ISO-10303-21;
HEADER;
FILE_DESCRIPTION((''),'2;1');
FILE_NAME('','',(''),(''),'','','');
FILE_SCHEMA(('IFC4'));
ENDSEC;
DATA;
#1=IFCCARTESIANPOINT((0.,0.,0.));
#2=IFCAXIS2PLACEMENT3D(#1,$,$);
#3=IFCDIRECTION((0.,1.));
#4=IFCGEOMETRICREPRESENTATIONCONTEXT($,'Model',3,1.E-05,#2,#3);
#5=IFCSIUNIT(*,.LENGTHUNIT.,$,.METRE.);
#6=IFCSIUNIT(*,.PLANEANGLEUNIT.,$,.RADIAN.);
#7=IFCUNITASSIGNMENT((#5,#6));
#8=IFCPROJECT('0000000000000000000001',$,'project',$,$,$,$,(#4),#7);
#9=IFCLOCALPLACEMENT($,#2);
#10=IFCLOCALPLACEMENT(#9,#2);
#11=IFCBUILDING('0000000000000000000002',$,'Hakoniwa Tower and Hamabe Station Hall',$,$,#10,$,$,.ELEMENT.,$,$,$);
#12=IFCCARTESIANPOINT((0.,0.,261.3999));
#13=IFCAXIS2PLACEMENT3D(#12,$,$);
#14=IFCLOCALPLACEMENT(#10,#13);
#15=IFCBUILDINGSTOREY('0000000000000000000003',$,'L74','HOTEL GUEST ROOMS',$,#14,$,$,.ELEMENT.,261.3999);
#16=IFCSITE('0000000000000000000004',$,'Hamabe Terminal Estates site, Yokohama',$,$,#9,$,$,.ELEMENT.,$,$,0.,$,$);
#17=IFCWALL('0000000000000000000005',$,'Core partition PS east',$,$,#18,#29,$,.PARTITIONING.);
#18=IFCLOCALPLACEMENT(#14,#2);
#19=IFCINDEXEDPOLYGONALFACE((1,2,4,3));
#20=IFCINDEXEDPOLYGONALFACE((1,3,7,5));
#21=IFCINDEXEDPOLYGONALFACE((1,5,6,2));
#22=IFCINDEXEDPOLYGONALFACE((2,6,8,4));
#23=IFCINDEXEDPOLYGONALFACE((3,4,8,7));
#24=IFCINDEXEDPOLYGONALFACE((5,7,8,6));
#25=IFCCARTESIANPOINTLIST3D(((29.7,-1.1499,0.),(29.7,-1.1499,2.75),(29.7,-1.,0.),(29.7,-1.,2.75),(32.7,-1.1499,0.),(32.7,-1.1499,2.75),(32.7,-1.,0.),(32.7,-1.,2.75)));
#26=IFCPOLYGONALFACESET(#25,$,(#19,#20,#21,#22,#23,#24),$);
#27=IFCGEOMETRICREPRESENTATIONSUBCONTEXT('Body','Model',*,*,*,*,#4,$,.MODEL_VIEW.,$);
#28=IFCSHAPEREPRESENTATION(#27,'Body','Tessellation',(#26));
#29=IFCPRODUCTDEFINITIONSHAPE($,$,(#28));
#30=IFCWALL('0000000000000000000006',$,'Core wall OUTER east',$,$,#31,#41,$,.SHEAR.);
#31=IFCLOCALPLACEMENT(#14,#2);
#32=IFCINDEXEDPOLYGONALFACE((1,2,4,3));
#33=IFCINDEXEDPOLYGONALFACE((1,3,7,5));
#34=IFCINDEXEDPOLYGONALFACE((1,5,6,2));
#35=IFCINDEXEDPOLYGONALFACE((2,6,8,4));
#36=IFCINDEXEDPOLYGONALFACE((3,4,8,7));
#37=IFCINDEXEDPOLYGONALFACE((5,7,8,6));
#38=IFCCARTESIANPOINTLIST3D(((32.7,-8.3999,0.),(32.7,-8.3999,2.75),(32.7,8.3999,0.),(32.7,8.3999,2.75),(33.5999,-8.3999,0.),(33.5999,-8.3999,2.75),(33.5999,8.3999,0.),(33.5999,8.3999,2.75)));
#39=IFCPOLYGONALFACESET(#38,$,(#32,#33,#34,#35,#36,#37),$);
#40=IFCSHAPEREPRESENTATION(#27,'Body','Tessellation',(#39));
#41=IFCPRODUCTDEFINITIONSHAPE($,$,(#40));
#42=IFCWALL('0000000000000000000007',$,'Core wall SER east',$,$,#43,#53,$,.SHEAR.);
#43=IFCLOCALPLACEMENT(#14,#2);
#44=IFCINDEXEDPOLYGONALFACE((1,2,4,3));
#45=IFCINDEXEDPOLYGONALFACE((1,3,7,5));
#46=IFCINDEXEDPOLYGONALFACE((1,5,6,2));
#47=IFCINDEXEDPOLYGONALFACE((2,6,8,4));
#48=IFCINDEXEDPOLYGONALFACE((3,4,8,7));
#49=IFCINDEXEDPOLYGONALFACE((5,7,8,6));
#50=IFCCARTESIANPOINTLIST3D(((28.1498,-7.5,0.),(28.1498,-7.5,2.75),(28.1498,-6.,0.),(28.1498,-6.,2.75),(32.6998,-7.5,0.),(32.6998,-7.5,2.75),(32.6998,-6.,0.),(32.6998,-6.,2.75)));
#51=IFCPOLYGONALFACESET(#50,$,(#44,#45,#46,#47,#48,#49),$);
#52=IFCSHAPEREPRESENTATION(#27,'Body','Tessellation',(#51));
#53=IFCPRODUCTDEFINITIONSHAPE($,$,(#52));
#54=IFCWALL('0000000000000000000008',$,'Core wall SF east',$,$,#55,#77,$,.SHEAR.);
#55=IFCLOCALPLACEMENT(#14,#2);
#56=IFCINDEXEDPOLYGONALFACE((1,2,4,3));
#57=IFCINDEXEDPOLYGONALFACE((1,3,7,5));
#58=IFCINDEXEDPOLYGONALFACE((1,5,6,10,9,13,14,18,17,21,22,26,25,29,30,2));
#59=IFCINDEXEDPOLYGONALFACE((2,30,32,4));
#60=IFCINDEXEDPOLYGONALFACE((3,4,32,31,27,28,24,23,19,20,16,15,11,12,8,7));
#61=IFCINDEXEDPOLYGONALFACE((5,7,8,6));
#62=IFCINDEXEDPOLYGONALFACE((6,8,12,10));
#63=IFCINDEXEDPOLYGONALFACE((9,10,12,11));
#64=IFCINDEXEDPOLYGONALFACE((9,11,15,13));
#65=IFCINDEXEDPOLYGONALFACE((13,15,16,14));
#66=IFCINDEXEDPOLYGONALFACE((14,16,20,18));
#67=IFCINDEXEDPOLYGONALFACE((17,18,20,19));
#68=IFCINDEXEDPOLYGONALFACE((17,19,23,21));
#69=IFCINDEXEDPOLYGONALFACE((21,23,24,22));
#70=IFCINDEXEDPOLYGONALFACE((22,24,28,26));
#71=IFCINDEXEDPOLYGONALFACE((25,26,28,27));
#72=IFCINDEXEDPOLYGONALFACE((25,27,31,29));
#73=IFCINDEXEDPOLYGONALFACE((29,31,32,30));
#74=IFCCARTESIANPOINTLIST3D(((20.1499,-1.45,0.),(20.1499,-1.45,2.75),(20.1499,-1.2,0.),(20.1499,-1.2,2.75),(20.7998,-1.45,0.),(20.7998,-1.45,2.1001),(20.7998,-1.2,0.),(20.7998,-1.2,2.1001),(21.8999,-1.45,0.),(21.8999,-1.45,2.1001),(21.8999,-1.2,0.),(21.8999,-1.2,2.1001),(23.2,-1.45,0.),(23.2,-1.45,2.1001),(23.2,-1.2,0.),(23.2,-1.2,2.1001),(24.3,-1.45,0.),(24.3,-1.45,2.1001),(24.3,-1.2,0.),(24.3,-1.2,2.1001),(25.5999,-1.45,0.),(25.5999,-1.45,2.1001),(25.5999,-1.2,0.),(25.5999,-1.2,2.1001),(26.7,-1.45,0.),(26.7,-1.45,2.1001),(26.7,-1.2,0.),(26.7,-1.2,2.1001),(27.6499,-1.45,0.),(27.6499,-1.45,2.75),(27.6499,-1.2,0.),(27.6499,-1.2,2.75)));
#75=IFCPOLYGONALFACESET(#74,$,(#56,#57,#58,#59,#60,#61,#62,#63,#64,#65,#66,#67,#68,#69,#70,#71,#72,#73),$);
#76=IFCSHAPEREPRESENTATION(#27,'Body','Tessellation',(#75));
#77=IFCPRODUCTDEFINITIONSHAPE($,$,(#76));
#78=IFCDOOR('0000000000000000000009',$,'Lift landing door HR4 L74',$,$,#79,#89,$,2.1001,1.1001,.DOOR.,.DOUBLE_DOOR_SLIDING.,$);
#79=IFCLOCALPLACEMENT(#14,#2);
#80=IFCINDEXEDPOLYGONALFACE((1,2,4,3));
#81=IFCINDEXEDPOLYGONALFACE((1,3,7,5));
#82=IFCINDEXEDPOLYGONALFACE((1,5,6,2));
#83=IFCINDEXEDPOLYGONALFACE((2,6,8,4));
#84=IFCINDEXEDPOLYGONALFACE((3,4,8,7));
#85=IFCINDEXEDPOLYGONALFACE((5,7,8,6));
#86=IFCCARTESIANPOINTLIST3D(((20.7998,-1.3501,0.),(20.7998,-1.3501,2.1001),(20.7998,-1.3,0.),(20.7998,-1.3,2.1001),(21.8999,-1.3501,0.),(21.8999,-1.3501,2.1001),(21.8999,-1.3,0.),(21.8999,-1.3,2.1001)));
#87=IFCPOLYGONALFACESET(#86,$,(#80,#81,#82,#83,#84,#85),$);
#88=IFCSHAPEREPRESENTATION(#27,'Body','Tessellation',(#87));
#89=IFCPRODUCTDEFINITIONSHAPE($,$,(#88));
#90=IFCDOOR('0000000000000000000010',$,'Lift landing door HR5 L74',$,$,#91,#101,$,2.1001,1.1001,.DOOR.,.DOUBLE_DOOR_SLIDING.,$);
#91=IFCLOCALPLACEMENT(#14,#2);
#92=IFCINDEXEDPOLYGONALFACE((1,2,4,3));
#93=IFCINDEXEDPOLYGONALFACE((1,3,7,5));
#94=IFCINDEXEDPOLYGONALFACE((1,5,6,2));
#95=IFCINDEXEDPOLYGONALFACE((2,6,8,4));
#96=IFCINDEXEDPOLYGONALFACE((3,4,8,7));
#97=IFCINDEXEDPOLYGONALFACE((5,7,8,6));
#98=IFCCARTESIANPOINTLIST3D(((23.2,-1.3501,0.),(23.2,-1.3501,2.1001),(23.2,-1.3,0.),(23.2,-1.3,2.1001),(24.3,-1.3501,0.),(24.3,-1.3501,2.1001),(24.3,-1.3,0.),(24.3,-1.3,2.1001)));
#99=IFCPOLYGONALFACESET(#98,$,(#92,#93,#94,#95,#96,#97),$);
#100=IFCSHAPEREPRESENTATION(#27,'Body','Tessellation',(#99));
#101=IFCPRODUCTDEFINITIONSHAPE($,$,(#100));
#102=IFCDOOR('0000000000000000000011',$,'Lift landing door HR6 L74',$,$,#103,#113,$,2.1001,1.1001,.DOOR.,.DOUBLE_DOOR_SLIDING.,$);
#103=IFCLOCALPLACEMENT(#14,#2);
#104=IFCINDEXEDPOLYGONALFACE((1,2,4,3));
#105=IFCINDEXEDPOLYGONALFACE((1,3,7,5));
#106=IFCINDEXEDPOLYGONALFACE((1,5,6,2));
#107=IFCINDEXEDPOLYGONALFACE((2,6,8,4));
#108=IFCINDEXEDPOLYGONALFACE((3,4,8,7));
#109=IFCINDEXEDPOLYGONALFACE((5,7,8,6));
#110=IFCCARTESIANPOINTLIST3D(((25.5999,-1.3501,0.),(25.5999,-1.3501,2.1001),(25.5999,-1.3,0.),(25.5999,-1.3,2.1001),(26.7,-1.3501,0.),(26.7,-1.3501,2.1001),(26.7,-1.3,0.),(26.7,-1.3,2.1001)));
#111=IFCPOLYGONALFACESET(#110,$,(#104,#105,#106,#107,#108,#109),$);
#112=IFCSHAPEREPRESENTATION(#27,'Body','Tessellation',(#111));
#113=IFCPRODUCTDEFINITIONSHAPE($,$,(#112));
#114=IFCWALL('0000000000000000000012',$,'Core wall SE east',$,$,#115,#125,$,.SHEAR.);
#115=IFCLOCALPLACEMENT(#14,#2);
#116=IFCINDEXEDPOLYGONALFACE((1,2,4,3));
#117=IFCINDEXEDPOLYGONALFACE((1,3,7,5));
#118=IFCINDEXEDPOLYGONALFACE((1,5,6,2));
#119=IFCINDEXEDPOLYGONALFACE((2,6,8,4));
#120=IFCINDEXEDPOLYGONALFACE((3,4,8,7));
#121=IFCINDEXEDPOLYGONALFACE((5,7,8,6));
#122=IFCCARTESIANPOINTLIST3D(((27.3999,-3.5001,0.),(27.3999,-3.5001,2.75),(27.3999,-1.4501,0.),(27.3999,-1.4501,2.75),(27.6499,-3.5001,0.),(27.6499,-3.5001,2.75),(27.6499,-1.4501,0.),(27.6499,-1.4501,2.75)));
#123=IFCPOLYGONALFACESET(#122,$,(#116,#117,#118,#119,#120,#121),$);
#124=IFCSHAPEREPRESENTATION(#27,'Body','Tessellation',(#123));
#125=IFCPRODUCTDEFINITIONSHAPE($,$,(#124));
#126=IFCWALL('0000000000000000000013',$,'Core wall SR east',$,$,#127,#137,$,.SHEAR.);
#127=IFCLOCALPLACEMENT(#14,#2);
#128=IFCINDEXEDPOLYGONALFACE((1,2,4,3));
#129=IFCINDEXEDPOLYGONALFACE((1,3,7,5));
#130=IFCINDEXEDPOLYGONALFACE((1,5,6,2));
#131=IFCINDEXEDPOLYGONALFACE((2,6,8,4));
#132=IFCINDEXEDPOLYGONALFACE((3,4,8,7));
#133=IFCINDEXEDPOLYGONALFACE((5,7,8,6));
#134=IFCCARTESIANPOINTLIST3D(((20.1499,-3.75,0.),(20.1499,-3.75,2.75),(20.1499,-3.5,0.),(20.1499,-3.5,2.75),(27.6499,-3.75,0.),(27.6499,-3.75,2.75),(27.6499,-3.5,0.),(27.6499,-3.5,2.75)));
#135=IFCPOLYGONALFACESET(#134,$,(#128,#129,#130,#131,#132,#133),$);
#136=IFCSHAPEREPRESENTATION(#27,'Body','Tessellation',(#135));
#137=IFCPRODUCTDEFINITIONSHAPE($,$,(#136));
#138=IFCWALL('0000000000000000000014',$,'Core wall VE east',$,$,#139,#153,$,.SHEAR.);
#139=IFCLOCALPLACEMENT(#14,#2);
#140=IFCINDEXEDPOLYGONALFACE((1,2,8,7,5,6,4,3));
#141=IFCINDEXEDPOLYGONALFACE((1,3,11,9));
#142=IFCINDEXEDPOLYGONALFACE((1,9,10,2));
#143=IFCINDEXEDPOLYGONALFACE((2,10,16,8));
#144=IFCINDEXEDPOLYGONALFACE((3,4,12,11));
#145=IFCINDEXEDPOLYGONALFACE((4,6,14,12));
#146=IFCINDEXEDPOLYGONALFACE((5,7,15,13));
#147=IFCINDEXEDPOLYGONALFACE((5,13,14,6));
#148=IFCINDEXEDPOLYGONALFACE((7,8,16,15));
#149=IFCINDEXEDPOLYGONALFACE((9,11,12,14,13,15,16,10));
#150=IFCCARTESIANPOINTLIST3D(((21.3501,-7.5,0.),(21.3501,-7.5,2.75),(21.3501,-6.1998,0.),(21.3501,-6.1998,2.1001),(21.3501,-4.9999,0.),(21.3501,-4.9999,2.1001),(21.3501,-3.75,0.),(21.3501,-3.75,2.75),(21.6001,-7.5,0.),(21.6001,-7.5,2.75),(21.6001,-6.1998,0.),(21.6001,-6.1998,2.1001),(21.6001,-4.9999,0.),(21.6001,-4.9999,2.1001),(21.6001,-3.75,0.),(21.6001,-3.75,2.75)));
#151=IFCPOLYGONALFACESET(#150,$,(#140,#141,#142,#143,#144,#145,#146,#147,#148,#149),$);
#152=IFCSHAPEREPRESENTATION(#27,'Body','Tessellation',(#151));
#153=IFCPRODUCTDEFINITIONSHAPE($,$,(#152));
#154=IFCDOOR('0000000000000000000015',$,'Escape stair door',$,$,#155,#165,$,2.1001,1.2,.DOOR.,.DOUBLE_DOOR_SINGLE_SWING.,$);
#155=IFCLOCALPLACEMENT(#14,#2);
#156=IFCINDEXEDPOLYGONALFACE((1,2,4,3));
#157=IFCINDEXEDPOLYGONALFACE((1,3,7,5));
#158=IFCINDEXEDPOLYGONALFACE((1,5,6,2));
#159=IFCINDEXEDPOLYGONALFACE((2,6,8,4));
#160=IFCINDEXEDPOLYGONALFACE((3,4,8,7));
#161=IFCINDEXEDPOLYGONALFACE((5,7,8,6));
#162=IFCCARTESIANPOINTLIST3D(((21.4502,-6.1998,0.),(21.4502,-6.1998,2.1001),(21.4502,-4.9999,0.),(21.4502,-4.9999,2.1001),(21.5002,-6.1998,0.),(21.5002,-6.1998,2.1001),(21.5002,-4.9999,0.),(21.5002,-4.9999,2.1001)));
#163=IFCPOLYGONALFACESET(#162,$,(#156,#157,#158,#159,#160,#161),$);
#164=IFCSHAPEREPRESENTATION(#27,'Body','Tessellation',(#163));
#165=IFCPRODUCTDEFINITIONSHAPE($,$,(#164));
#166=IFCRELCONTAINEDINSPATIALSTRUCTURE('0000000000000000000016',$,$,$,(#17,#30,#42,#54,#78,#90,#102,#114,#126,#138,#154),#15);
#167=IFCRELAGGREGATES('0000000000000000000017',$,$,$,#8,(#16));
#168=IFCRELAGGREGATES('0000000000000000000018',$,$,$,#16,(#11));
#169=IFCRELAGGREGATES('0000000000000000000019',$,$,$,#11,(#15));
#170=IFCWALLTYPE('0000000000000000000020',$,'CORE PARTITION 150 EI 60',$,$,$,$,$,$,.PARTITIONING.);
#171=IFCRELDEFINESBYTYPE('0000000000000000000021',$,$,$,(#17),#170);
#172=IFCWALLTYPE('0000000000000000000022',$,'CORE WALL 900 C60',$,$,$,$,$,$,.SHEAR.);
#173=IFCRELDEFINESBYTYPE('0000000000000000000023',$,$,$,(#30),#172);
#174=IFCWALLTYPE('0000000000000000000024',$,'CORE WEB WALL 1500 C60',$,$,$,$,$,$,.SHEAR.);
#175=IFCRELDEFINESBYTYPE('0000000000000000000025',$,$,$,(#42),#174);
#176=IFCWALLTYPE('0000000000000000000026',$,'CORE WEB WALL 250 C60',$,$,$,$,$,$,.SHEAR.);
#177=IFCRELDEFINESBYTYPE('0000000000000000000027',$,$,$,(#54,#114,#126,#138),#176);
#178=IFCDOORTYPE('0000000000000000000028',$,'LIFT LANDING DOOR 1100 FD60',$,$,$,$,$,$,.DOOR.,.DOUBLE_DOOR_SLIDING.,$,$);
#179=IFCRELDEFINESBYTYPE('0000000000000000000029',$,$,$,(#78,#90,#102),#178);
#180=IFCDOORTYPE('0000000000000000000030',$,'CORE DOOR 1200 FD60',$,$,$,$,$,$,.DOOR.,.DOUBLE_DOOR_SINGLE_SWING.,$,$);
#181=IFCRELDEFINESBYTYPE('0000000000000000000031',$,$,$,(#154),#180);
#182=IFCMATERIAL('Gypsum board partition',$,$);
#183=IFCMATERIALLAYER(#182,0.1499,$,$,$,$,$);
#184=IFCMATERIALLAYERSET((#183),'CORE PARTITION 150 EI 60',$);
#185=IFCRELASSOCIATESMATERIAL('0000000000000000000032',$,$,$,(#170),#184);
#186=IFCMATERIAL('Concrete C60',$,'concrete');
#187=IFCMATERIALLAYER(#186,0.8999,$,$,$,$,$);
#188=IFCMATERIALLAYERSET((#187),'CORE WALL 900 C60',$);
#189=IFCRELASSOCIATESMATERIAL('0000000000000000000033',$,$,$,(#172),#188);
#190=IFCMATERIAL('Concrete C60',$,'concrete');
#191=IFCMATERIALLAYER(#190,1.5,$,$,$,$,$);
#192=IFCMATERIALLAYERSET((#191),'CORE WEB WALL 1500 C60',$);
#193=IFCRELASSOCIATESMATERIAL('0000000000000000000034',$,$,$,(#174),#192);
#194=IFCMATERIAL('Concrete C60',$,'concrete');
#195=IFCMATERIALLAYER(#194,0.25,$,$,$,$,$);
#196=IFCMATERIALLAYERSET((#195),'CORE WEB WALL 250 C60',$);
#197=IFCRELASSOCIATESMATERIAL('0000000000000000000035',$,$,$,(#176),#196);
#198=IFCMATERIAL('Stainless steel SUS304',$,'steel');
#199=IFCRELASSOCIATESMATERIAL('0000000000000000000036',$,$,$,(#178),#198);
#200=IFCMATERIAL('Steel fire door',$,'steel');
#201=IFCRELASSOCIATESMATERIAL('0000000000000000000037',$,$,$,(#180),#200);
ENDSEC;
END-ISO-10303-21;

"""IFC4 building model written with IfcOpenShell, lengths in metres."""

from ifc_helpers import new_model, si_unit, direction, frame, frame_2d, origin, place, context, subcontext, project, spatial, rectangle, extrude, material, layer, layer_set, type_object, element, fill, save


model = new_model("IFC4")

# Units and contexts
model_context = context("Model", 3, precision=1e-05, world=origin(), true_north=direction((0.0, 1.0)))
body_context = subcontext(model_context, "Body", "Model", "MODEL_VIEW")
ifc_project = project(units=[si_unit("LENGTHUNIT", "METRE"), si_unit("PLANEANGLEUNIT", "RADIAN")], contexts=[model_context])

# Site, building, storey
site_placement = place(None, origin())
site = spatial("IfcSite", under=ifc_project, at=site_placement, Name="Hamabe Terminal Estates site, Yokohama", CompositionType="ELEMENT", RefElevation=0.0)
building_placement = place(site_placement, origin())
building = spatial("IfcBuilding", under=site, at=building_placement, Name="Hakoniwa Tower and Hamabe Station Hall", CompositionType="ELEMENT")
storey_placement = place(building_placement, frame((0.0, 0.0, 261.3999)))
storey = spatial("IfcBuildingStorey", under=building, at=storey_placement, Name="L74", Description="HOTEL GUEST ROOMS", CompositionType="ELEMENT", Elevation=261.3999)

# Shared definitions
ifc_material_1 = material(Name="Gypsum board partition")
ifc_layer_1 = layer(ifc_material_1, 0.1499)
ifc_layer_set_1 = layer_set([ifc_layer_1], Name="CORE PARTITION 150 EI 60")
wall_type_1 = type_object("IfcWallType", Name="CORE PARTITION 150 EI 60", PredefinedType="PARTITIONING", material=ifc_layer_set_1)

# Walls
wall_1_placement = place(storey_placement, frame((29.7, -1.075, 0.0), z_axis=(0.0, 0.0, 1.0), x_axis=(1.0, 0.0, 0.0)))
element("IfcWall", 1, at=wall_1_placement, inside=storey, type_object=wall_type_1, Name="Core partition PS east", PredefinedType="PARTITIONING", context=body_context, shape_type="SweptSolid", body=[
    extrude(rectangle(XDim=3.0, YDim=0.1499, at=frame_2d((1.5, 0.0))), origin(), (0.0, 0.0, 1.0), 2.75),
])
ifc_material_2 = material(Name="Concrete C60", Category="concrete")
ifc_layer_2 = layer(ifc_material_2, 0.8999)
ifc_layer_set_2 = layer_set([ifc_layer_2], Name="CORE WALL 900 C60")
wall_type_2 = type_object("IfcWallType", Name="CORE WALL 900 C60", PredefinedType="SHEAR", material=ifc_layer_set_2)
wall_2_placement = place(storey_placement, frame((33.1499, -8.3999, 0.0), z_axis=(0.0, 0.0, 1.0), x_axis=(0.0, 1.0, 0.0)))
element("IfcWall", 2, at=wall_2_placement, inside=storey, type_object=wall_type_2, Name="Core wall OUTER east", PredefinedType="SHEAR", context=body_context, shape_type="SweptSolid", body=[
    extrude(rectangle(XDim=16.7998, YDim=0.8999, at=frame_2d((8.3999, 0.0))), origin(), (0.0, 0.0, 1.0), 2.75),
])
ifc_material_3 = material(Name="Concrete C60", Category="concrete")
ifc_layer_3 = layer(ifc_material_3, 1.5)
ifc_layer_set_3 = layer_set([ifc_layer_3], Name="CORE WEB WALL 1500 C60")
wall_type_3 = type_object("IfcWallType", Name="CORE WEB WALL 1500 C60", PredefinedType="SHEAR", material=ifc_layer_set_3)
wall_3_placement = place(storey_placement, frame((28.1499, -6.75, 0.0), z_axis=(0.0, 0.0, 1.0), x_axis=(1.0, 0.0, 0.0)))
element("IfcWall", 3, at=wall_3_placement, inside=storey, type_object=wall_type_3, Name="Core wall SER east", PredefinedType="SHEAR", context=body_context, shape_type="SweptSolid", body=[
    extrude(rectangle(XDim=4.55, YDim=1.5, at=frame_2d((2.2749, 0.0))), origin(), (0.0, 0.0, 1.0), 2.75),
])

# Wall, openings, doors
ifc_material_4 = material(Name="Concrete C60", Category="concrete")
ifc_layer_4 = layer(ifc_material_4, 0.25)
ifc_layer_set_4 = layer_set([ifc_layer_4], Name="CORE WEB WALL 250 C60")
wall_type_4 = type_object("IfcWallType", Name="CORE WEB WALL 250 C60", PredefinedType="SHEAR", material=ifc_layer_set_4)
wall_4_placement = place(storey_placement, frame((20.1499, -1.325, 0.0), z_axis=(0.0, 0.0, 1.0), x_axis=(1.0, 0.0, 0.0)))
wall_4 = element("IfcWall", 4, at=wall_4_placement, inside=storey, type_object=wall_type_4, Name="Core wall SF east", PredefinedType="SHEAR", context=body_context, shape_type="SweptSolid", body=[
    extrude(rectangle(XDim=7.5, YDim=0.25, at=frame_2d((3.75, 0.0))), origin(), (0.0, 0.0, 1.0), 2.75),
])
opening_1_placement = place(wall_4_placement, frame((0.6499, 0.0, 0.0)))
opening_1 = element("IfcOpeningElement", 5, at=opening_1_placement, cuts=wall_4, PredefinedType="OPENING", context=body_context, shape_type="SweptSolid", body=[
    extrude(rectangle(XDim=1.1001, YDim=2.1001, at=frame_2d((0.55, 1.05))), frame((0.0, 0.135, 0.0), z_axis=(0.0, -1.0, 0.0), x_axis=(1.0, 0.0, 0.0)), (0.0, 0.0, 1.0), 0.27),
])
opening_2_placement = place(wall_4_placement, frame((3.05, 0.0, 0.0)))
opening_2 = element("IfcOpeningElement", 6, at=opening_2_placement, cuts=wall_4, PredefinedType="OPENING", context=body_context, shape_type="SweptSolid", body=[
    extrude(rectangle(XDim=1.1001, YDim=2.1001, at=frame_2d((0.55, 1.05))), frame((0.0, 0.135, 0.0), z_axis=(0.0, -1.0, 0.0), x_axis=(1.0, 0.0, 0.0)), (0.0, 0.0, 1.0), 0.27),
])
opening_3_placement = place(wall_4_placement, frame((5.45, 0.0, 0.0)))
opening_3 = element("IfcOpeningElement", 7, at=opening_3_placement, cuts=wall_4, PredefinedType="OPENING", context=body_context, shape_type="SweptSolid", body=[
    extrude(rectangle(XDim=1.1001, YDim=2.1001, at=frame_2d((0.55, 1.05))), frame((0.0, 0.135, 0.0), z_axis=(0.0, -1.0, 0.0), x_axis=(1.0, 0.0, 0.0)), (0.0, 0.0, 1.0), 0.27),
])
ifc_material_5 = material(Name="Stainless steel SUS304", Category="steel")
door_type_1 = type_object("IfcDoorType", Name="LIFT LANDING DOOR 1100 FD60", OperationType="DOUBLE_DOOR_SLIDING", PredefinedType="DOOR", material=ifc_material_5)
door_1_placement = place(opening_1_placement, origin())
door_1 = element("IfcDoor", 8, at=door_1_placement, inside=storey, type_object=door_type_1, Name="Lift landing door HR4 L74", OperationType="DOUBLE_DOOR_SLIDING", OverallHeight=2.1001, OverallWidth=1.1001, PredefinedType="DOOR", context=body_context, shape_type="SweptSolid", body=[
    extrude(rectangle(XDim=1.1001, YDim=2.1001, at=frame_2d((0.55, 1.05))), frame((0.0, 0.0249, 0.0), z_axis=(0.0, -1.0, 0.0), x_axis=(1.0, 0.0, 0.0)), (0.0, 0.0, 1.0), 0.05),
])
fill(opening_1, door_1)
door_2_placement = place(opening_2_placement, origin())
door_2 = element("IfcDoor", 9, at=door_2_placement, inside=storey, type_object=door_type_1, Name="Lift landing door HR5 L74", OperationType="DOUBLE_DOOR_SLIDING", OverallHeight=2.1001, OverallWidth=1.1001, PredefinedType="DOOR", context=body_context, shape_type="SweptSolid", body=[
    extrude(rectangle(XDim=1.1001, YDim=2.1001, at=frame_2d((0.55, 1.05))), frame((0.0, 0.0249, 0.0), z_axis=(0.0, -1.0, 0.0), x_axis=(1.0, 0.0, 0.0)), (0.0, 0.0, 1.0), 0.05),
])
fill(opening_2, door_2)
door_3_placement = place(opening_3_placement, origin())
door_3 = element("IfcDoor", 10, at=door_3_placement, inside=storey, type_object=door_type_1, Name="Lift landing door HR6 L74", OperationType="DOUBLE_DOOR_SLIDING", OverallHeight=2.1001, OverallWidth=1.1001, PredefinedType="DOOR", context=body_context, shape_type="SweptSolid", body=[
    extrude(rectangle(XDim=1.1001, YDim=2.1001, at=frame_2d((0.55, 1.05))), frame((0.0, 0.0249, 0.0), z_axis=(0.0, -1.0, 0.0), x_axis=(1.0, 0.0, 0.0)), (0.0, 0.0, 1.0), 0.05),
])
fill(opening_3, door_3)

# Walls
wall_5_placement = place(storey_placement, frame((27.5249, -3.5, 0.0), z_axis=(0.0, 0.0, 1.0), x_axis=(0.0, 1.0, 0.0)))
element("IfcWall", 11, at=wall_5_placement, inside=storey, type_object=wall_type_4, Name="Core wall SE east", PredefinedType="SHEAR", context=body_context, shape_type="SweptSolid", body=[
    extrude(rectangle(XDim=2.05, YDim=0.25, at=frame_2d((1.0249, 0.0))), origin(), (0.0, 0.0, 1.0), 2.75),
])
wall_6_placement = place(storey_placement, frame((20.1499, -3.625, 0.0), z_axis=(0.0, 0.0, 1.0), x_axis=(1.0, 0.0, 0.0)))
element("IfcWall", 12, at=wall_6_placement, inside=storey, type_object=wall_type_4, Name="Core wall SR east", PredefinedType="SHEAR", context=body_context, shape_type="SweptSolid", body=[
    extrude(rectangle(XDim=7.5, YDim=0.25, at=frame_2d((3.75, 0.0))), origin(), (0.0, 0.0, 1.0), 2.75),
])

# Wall, opening, door
wall_7_placement = place(storey_placement, frame((21.4751, -7.5, 0.0), z_axis=(0.0, 0.0, 1.0), x_axis=(0.0, 1.0, 0.0)))
wall_7 = element("IfcWall", 13, at=wall_7_placement, inside=storey, type_object=wall_type_4, Name="Core wall VE east", PredefinedType="SHEAR", context=body_context, shape_type="SweptSolid", body=[
    extrude(rectangle(XDim=3.75, YDim=0.25, at=frame_2d((1.875, 0.0))), origin(), (0.0, 0.0, 1.0), 2.75),
])
opening_4_placement = place(wall_7_placement, frame((1.3, 0.0, 0.0)))
opening_4 = element("IfcOpeningElement", 14, at=opening_4_placement, cuts=wall_7, PredefinedType="OPENING", context=body_context, shape_type="SweptSolid", body=[
    extrude(rectangle(XDim=1.2, YDim=2.1001, at=frame_2d((0.6001, 1.05))), frame((0.0, 0.135, 0.0), z_axis=(0.0, -1.0, 0.0), x_axis=(1.0, 0.0, 0.0)), (0.0, 0.0, 1.0), 0.27),
])
ifc_material_6 = material(Name="Steel fire door", Category="steel")
door_type_2 = type_object("IfcDoorType", Name="CORE DOOR 1200 FD60", OperationType="DOUBLE_DOOR_SINGLE_SWING", PredefinedType="DOOR", material=ifc_material_6)
door_4_placement = place(opening_4_placement, origin())
door_4 = element("IfcDoor", 15, at=door_4_placement, inside=storey, type_object=door_type_2, Name="Escape stair door", OperationType="DOUBLE_DOOR_SINGLE_SWING", OverallHeight=2.1001, OverallWidth=1.2, PredefinedType="DOOR", context=body_context, shape_type="SweptSolid", body=[
    extrude(rectangle(XDim=1.2, YDim=2.1001, at=frame_2d((0.6001, 1.05))), frame((0.0, 0.0249, 0.0), z_axis=(0.0, -1.0, 0.0), x_axis=(1.0, 0.0, 0.0)), (0.0, 0.0, 1.0), 0.05),
])
fill(opening_4, door_4)

save(model, "model.ifc")
